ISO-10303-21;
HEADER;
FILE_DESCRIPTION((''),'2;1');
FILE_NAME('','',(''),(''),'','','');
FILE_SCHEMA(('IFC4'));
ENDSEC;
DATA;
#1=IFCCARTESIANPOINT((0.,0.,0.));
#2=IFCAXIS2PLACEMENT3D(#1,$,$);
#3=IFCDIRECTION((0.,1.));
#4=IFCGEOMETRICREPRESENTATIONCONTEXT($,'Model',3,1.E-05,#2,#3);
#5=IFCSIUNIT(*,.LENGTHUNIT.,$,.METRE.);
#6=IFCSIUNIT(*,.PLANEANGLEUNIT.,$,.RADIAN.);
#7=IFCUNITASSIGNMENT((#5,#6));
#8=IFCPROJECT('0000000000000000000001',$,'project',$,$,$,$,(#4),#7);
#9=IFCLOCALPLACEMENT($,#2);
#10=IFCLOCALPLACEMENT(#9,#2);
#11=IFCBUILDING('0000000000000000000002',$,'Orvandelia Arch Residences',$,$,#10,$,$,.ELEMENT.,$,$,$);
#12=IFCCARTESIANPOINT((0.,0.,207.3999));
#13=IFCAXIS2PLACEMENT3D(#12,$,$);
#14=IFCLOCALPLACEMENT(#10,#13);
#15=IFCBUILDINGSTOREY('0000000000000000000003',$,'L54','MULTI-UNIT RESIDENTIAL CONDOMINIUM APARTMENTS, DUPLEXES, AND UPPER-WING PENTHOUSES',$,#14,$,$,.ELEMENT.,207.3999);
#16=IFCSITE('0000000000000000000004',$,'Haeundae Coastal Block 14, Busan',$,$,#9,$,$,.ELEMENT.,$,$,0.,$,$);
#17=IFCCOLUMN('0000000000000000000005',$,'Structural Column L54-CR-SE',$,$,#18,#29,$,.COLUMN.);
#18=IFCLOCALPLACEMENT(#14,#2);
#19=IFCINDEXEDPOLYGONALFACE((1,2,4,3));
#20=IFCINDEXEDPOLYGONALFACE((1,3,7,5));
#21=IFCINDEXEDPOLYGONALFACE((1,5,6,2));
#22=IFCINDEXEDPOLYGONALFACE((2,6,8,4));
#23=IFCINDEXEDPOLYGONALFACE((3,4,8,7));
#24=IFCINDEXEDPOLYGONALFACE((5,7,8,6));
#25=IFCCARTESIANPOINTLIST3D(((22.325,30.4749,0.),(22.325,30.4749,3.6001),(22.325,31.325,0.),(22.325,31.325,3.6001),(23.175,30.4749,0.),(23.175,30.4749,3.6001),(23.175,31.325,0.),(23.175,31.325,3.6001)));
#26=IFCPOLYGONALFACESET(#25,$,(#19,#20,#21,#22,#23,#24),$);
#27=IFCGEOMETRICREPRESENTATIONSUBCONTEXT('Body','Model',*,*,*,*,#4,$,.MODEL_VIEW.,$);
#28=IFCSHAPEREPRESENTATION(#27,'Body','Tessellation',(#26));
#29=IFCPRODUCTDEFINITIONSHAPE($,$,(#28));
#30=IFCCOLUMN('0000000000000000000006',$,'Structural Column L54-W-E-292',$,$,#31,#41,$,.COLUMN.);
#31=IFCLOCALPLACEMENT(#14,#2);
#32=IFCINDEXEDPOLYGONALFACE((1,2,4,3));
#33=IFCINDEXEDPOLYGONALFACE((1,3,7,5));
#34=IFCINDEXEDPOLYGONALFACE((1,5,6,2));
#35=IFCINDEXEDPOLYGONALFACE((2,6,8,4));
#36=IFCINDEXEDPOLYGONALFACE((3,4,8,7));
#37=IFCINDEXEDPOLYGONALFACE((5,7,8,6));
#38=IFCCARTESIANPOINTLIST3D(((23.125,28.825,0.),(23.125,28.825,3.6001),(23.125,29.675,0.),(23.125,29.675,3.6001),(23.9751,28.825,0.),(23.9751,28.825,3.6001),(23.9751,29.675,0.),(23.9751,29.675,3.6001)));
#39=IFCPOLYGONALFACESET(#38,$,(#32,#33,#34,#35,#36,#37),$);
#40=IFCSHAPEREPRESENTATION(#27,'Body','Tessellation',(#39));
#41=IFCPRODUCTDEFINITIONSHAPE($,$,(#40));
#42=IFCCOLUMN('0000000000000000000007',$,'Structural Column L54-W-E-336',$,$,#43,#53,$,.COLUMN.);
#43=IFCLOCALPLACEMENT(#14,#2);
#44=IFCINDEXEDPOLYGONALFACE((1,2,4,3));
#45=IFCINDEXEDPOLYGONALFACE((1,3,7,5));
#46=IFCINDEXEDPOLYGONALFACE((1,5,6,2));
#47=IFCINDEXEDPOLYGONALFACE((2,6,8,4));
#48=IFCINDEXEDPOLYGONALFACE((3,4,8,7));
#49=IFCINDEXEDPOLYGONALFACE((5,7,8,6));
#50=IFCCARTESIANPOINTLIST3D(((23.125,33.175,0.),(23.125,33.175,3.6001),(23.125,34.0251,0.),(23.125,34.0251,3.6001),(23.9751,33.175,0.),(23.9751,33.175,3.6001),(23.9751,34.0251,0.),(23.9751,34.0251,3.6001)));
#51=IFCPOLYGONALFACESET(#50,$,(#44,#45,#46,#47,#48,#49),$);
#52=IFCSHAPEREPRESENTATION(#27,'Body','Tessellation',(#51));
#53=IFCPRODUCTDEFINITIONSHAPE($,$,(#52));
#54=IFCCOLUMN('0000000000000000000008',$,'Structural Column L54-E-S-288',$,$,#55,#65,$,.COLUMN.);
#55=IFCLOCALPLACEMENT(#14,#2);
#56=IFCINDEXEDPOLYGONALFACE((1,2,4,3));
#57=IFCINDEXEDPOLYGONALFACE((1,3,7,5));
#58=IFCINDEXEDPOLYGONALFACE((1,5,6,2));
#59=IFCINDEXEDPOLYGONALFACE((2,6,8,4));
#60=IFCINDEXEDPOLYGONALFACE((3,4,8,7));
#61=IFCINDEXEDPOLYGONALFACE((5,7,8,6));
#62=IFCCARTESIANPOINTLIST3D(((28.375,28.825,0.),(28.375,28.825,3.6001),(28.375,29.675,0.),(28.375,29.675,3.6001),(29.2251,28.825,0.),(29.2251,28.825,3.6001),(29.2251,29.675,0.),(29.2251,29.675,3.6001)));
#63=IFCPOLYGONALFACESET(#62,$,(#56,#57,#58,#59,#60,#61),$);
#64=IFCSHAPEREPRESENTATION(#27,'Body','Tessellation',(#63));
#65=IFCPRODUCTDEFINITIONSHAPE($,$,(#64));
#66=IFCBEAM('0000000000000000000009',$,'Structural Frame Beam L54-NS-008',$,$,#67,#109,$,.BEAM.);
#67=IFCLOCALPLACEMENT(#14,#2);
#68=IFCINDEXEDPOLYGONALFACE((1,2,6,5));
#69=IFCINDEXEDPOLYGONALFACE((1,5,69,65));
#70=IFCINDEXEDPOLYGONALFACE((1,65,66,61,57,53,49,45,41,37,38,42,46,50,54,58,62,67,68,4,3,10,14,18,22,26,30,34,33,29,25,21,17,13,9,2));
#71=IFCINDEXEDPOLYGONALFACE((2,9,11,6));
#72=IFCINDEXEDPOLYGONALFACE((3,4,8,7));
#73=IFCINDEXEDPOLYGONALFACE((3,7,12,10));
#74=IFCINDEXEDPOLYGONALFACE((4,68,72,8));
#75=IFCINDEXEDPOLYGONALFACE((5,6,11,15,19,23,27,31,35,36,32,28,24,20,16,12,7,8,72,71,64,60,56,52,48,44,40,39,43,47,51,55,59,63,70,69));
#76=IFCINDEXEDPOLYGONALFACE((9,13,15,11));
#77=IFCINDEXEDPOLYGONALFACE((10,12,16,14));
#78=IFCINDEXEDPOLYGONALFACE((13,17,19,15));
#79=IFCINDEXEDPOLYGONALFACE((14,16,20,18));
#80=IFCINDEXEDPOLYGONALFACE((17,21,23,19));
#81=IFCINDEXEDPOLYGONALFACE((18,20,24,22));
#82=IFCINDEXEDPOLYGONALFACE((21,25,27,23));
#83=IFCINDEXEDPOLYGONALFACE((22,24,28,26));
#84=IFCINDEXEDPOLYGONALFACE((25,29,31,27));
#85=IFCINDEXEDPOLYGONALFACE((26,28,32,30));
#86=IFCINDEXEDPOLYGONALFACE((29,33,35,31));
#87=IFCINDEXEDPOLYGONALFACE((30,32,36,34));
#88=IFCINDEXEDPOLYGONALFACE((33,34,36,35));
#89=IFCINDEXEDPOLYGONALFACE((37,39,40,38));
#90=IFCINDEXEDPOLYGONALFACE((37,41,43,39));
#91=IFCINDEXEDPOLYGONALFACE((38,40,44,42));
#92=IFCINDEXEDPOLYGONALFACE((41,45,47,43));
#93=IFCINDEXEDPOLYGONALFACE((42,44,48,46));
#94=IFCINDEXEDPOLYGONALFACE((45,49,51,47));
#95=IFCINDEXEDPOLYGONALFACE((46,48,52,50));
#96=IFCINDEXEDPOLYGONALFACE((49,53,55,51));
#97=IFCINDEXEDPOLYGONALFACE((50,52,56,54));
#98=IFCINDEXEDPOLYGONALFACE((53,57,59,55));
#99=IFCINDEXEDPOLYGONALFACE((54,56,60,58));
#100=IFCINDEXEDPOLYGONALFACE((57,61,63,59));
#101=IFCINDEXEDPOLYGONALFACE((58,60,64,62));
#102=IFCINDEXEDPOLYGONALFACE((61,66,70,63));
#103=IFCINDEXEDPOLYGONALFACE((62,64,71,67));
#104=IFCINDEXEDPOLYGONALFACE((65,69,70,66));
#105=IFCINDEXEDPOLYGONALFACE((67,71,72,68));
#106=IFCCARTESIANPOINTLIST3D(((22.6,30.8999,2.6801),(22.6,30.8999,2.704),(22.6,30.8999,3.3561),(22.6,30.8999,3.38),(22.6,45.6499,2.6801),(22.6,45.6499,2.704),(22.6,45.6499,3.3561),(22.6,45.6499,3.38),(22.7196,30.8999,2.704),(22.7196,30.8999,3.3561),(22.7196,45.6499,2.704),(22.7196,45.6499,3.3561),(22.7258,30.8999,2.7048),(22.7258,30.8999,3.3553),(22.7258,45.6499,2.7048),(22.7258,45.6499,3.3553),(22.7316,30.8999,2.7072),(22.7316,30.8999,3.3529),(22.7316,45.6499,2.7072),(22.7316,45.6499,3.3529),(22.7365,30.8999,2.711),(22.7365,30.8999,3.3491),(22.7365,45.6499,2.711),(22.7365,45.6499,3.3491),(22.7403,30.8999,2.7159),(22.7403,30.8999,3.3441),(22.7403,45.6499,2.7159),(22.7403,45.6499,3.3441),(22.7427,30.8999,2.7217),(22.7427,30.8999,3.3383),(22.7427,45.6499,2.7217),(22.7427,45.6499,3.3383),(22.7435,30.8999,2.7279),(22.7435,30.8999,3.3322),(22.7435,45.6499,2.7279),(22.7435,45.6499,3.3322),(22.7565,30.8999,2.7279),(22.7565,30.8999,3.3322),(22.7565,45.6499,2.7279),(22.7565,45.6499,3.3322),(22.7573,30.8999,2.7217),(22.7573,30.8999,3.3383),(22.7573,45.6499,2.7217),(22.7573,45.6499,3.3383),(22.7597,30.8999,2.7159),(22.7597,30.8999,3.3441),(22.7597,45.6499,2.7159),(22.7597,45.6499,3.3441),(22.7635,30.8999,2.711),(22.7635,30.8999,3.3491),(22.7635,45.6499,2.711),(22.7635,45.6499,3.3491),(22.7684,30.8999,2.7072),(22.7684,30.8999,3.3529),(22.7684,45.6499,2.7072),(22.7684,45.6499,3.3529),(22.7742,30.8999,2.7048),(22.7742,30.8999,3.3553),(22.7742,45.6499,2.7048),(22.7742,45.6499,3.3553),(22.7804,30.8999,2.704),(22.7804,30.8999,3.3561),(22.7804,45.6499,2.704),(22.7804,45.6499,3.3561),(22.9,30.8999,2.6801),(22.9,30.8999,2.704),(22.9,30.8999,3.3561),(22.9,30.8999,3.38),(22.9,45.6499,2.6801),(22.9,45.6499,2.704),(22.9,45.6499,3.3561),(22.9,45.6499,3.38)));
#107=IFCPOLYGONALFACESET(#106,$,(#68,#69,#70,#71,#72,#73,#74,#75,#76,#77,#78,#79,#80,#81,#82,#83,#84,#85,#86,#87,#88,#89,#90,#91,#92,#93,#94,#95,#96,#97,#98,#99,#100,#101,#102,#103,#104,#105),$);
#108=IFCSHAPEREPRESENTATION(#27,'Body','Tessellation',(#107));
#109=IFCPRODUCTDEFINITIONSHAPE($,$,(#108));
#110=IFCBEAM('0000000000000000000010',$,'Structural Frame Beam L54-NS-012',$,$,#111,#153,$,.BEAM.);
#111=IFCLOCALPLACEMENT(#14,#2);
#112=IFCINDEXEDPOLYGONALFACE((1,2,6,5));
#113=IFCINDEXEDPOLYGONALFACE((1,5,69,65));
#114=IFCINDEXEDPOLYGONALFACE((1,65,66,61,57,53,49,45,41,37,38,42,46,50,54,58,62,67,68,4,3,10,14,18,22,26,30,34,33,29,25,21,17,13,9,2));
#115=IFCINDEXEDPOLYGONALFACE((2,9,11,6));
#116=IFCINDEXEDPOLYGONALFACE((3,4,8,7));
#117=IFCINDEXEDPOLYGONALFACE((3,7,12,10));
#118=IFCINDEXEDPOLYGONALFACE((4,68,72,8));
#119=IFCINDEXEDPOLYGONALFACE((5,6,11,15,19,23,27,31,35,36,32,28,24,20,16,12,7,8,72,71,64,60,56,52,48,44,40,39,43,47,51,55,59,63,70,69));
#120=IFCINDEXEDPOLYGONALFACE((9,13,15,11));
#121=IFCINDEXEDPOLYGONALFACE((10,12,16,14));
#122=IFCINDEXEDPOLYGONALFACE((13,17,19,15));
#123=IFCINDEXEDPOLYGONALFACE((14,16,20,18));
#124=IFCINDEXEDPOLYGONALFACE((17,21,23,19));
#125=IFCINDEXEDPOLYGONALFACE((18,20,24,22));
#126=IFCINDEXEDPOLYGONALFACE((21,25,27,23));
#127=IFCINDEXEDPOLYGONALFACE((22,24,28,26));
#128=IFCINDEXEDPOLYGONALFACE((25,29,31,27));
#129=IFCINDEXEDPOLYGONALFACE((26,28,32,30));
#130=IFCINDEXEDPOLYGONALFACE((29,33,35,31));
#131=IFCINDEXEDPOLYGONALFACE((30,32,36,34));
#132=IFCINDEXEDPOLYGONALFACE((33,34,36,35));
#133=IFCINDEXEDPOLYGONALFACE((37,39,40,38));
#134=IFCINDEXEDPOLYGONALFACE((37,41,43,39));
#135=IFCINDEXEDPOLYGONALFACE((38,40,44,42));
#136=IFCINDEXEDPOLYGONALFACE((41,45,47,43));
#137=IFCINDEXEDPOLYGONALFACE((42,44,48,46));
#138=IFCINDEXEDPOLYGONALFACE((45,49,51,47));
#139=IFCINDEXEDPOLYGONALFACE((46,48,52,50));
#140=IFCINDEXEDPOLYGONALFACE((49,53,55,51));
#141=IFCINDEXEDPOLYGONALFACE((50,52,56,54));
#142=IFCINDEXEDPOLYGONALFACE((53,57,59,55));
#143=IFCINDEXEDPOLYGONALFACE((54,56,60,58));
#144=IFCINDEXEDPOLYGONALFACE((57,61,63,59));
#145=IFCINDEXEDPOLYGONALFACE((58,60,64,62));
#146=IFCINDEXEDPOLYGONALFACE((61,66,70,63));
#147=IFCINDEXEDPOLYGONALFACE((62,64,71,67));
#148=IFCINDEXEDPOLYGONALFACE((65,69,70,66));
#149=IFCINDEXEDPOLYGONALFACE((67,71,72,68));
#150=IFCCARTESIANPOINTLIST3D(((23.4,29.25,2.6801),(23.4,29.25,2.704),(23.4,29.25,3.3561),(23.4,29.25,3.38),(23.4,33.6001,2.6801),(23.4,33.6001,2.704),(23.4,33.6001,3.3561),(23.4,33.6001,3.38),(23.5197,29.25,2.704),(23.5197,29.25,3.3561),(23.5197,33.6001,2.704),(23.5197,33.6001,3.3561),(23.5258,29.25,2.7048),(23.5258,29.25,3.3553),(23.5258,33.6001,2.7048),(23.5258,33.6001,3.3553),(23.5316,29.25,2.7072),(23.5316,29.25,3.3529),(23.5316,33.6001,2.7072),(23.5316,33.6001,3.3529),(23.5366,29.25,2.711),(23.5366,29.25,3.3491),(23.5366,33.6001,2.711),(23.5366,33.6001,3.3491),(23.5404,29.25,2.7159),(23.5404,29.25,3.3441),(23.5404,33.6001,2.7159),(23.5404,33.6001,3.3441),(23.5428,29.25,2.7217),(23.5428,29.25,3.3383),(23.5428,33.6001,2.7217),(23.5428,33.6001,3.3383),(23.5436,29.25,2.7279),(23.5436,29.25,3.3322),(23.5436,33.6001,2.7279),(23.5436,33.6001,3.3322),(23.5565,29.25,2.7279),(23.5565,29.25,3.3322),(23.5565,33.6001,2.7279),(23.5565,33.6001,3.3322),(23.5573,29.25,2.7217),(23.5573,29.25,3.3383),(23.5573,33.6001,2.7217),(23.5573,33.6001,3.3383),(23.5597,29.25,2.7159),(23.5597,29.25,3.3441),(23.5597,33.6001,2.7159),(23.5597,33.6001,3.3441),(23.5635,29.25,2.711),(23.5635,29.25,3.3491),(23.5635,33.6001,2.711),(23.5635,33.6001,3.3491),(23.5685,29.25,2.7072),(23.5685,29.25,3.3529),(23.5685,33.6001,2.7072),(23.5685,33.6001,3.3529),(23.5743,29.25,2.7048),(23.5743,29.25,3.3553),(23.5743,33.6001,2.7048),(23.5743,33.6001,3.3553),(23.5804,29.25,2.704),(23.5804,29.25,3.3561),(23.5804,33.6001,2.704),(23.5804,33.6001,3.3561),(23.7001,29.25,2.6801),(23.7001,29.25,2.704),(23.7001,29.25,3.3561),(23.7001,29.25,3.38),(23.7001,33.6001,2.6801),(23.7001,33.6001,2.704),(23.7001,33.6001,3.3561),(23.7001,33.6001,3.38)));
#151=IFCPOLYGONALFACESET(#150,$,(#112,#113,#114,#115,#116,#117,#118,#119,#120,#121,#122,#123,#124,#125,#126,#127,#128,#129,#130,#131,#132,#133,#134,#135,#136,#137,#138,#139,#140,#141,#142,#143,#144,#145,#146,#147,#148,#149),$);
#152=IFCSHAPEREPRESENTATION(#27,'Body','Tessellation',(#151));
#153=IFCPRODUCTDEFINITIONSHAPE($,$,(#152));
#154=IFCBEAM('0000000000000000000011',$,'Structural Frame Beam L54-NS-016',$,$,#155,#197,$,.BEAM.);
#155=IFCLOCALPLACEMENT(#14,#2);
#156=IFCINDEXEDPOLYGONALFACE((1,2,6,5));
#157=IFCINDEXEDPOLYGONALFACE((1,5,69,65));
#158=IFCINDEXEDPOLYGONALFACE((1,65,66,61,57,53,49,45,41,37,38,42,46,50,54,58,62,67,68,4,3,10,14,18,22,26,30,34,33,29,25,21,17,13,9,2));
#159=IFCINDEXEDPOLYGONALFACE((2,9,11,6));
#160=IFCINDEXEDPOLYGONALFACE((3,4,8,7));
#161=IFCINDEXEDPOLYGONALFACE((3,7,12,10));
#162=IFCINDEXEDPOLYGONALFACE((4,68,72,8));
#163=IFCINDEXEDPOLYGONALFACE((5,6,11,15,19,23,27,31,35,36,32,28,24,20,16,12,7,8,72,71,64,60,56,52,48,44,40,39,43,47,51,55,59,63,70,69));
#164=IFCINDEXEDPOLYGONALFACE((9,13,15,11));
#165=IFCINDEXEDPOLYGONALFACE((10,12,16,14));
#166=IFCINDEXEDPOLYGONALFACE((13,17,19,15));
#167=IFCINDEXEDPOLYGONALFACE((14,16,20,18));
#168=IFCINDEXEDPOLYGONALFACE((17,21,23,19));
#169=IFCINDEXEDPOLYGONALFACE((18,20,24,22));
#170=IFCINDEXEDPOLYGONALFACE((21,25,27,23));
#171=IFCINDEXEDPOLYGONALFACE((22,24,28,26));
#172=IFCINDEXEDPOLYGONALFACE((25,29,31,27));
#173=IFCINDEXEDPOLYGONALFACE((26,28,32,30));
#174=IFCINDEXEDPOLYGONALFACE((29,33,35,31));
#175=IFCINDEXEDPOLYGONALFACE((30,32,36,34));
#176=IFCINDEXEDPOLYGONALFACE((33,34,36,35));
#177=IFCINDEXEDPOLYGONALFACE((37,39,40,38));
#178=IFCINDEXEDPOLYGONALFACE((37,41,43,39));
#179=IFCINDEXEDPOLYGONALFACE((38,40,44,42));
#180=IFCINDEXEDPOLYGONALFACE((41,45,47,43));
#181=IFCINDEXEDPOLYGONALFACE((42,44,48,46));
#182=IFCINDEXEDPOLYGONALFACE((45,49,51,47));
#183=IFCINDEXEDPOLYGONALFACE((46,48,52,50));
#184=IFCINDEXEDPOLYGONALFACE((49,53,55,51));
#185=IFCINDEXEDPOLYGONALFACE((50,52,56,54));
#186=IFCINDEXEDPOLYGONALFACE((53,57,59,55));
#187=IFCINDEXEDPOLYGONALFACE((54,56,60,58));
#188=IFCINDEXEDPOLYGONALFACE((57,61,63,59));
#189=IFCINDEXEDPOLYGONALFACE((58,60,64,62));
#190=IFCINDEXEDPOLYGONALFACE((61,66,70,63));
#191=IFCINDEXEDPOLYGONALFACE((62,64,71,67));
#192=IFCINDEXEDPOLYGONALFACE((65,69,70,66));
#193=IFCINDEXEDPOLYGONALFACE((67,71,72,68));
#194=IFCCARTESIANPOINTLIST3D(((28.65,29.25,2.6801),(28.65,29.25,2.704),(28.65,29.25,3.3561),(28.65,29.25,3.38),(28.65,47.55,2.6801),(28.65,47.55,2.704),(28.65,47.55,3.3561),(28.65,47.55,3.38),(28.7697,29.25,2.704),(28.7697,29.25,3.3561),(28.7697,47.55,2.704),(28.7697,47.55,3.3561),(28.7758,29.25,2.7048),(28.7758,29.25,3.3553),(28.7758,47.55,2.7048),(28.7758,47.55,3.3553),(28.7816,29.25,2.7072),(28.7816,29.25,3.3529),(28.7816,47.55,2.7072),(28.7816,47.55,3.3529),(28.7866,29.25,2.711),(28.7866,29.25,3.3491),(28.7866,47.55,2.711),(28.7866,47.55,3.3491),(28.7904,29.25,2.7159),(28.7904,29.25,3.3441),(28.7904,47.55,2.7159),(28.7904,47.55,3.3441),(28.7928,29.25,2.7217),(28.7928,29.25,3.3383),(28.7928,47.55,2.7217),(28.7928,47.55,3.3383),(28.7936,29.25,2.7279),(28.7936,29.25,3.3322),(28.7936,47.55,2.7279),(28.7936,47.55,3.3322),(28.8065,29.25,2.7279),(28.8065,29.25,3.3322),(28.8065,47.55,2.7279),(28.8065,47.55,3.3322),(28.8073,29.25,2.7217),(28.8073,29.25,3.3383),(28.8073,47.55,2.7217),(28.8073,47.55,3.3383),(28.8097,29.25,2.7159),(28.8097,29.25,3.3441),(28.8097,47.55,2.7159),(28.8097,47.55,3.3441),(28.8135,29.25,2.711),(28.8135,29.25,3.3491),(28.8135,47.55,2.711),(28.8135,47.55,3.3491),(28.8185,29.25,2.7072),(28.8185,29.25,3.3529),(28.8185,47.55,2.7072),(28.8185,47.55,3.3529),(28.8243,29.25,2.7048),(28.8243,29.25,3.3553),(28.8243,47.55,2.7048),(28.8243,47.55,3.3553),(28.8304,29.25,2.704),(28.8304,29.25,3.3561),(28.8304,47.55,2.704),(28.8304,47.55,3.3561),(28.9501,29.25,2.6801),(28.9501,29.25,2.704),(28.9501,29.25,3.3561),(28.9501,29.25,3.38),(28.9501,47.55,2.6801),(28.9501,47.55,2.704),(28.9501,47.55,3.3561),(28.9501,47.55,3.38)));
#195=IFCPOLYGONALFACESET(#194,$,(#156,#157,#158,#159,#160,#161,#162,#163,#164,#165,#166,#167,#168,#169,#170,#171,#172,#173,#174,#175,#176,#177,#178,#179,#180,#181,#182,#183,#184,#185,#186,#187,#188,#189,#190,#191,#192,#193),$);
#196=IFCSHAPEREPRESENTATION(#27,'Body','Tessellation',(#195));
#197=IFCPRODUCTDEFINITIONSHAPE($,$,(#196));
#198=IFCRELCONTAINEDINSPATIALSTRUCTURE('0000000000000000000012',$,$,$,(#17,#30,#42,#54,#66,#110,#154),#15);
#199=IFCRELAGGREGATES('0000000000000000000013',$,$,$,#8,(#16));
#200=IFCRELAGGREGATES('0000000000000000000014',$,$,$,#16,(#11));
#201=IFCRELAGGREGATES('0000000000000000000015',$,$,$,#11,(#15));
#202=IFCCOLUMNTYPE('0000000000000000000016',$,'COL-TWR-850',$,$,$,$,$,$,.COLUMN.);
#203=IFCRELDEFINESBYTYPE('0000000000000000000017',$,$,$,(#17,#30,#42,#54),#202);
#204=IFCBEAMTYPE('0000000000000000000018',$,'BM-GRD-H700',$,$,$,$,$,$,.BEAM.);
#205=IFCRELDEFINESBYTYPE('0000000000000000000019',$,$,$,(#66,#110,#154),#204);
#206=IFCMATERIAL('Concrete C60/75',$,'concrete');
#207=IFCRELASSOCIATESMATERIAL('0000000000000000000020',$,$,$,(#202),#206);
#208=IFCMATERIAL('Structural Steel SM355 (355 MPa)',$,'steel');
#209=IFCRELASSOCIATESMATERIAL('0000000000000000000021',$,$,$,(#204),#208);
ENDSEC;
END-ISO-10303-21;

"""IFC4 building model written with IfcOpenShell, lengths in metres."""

from ifc_helpers import new_model, si_unit, direction, frame, origin, origin_2d, place, context, subcontext, project, spatial, rectangle, i_section, extrude, material, material_profile, profile_set, type_object, element, save


model = new_model("IFC4")

# Units and contexts
model_context = context("Model", 3, precision=1e-05, world=origin(), true_north=direction((0.0, 1.0)))
body_context = subcontext(model_context, "Body", "Model", "MODEL_VIEW")
ifc_project = project(units=[si_unit("LENGTHUNIT", "METRE"), si_unit("PLANEANGLEUNIT", "RADIAN")], contexts=[model_context])

# Site, building, storey
site_placement = place(None, origin())
site = spatial("IfcSite", under=ifc_project, at=site_placement, Name="Haeundae Coastal Block 14, Busan", CompositionType="ELEMENT", RefElevation=0.0)
building_placement = place(site_placement, origin())
building = spatial("IfcBuilding", under=site, at=building_placement, Name="Orvandelia Arch Residences", CompositionType="ELEMENT")
storey_placement = place(building_placement, frame((0.0, 0.0, 207.3999)))
storey = spatial("IfcBuildingStorey", under=building, at=storey_placement, Name="L54", Description="MULTI-UNIT RESIDENTIAL CONDOMINIUM APARTMENTS, DUPLEXES, AND UPPER-WING PENTHOUSES", CompositionType="ELEMENT", Elevation=207.3999)

# Columns
ifc_material_1 = material(Name="Concrete C60/75", Category="concrete")
ifc_material_profile_1 = material_profile(ifc_material_1, rectangle(XDim=0.8501, YDim=0.8501, at=origin_2d()), Name="Concrete C60/75", Category="concrete")
ifc_profile_set_1 = profile_set([ifc_material_profile_1], Name="Concrete C60/75")
column_type = type_object("IfcColumnType", Name="COL-TWR-850", PredefinedType="COLUMN", material=ifc_profile_set_1)
for number, where, z_axis, x_axis, name in (
    (1, (22.75, 30.8999, 0.0), (0.0, 0.0, 1.0), (1.0, 0.0, 0.0), "Structural Column L54-CR-SE"),
    (2, (23.55, 29.25, 0.0), (0.0, 0.0, 1.0), (1.0, 0.0, 0.0), "Structural Column L54-W-E-292"),
    (3, (23.55, 33.6001, 0.0), (0.0, 0.0, 1.0), (1.0, 0.0, 0.0), "Structural Column L54-W-E-336"),
    (4, (28.8, 29.25, 0.0), (0.0, 0.0, 1.0), (1.0, 0.0, 0.0), "Structural Column L54-E-S-288"),
):
    element("IfcColumn", number, at=place(storey_placement, frame(where, z_axis=z_axis, x_axis=x_axis)), inside=storey, type_object=column_type, Name=name, PredefinedType="COLUMN", context=body_context, shape_type="SweptSolid", body=[
        extrude(rectangle(XDim=0.8501, YDim=0.8501, at=origin_2d()), origin(), (0.0, 0.0, 1.0), 3.6001),
    ])

# Beams
ifc_material_2 = material(Name="Structural Steel SM355 (355 MPa)", Category="steel")
ifc_material_profile_2 = material_profile(ifc_material_2, i_section(OverallWidth=0.3, OverallDepth=0.7, WebThickness=0.0129, FlangeThickness=0.0239, FilletRadius=0.0239, at=origin_2d()), Name="Structural Steel SM355 (355 MPa)", Category="steel")
ifc_profile_set_2 = profile_set([ifc_material_profile_2], Name="Structural Steel SM355 (355 MPa)")
beam_type = type_object("IfcBeamType", Name="BM-GRD-H700", PredefinedType="BEAM", material=ifc_profile_set_2)
beam_1_placement = place(storey_placement, frame((22.75, 30.8999, 3.03), z_axis=(0.0, 1.0, 0.0), x_axis=(-1.0, 0.0, 0.0)))
element("IfcBeam", 5, at=beam_1_placement, inside=storey, type_object=beam_type, Name="Structural Frame Beam L54-NS-008", PredefinedType="BEAM", context=body_context, shape_type="SweptSolid", body=[
    extrude(i_section(OverallWidth=0.3, OverallDepth=0.7, WebThickness=0.0129, FlangeThickness=0.0239, FilletRadius=0.0239, at=origin_2d()), origin(), (0.0, 0.0, 1.0), 14.75),
])
beam_2_placement = place(storey_placement, frame((23.55, 29.25, 3.03), z_axis=(0.0, 1.0, 0.0), x_axis=(-1.0, 0.0, 0.0)))
element("IfcBeam", 6, at=beam_2_placement, inside=storey, type_object=beam_type, Name="Structural Frame Beam L54-NS-012", PredefinedType="BEAM", context=body_context, shape_type="SweptSolid", body=[
    extrude(i_section(OverallWidth=0.3, OverallDepth=0.7, WebThickness=0.0129, FlangeThickness=0.0239, FilletRadius=0.0239, at=origin_2d()), origin(), (0.0, 0.0, 1.0), 4.3501),
])
beam_3_placement = place(storey_placement, frame((28.8, 29.25, 3.03), z_axis=(0.0, 1.0, 0.0), x_axis=(-1.0, 0.0, 0.0)))
element("IfcBeam", 7, at=beam_3_placement, inside=storey, type_object=beam_type, Name="Structural Frame Beam L54-NS-016", PredefinedType="BEAM", context=body_context, shape_type="SweptSolid", body=[
    extrude(i_section(OverallWidth=0.3, OverallDepth=0.7, WebThickness=0.0129, FlangeThickness=0.0239, FilletRadius=0.0239, at=origin_2d()), origin(), (0.0, 0.0, 1.0), 18.3),
])

save(model, "model.ifc")
